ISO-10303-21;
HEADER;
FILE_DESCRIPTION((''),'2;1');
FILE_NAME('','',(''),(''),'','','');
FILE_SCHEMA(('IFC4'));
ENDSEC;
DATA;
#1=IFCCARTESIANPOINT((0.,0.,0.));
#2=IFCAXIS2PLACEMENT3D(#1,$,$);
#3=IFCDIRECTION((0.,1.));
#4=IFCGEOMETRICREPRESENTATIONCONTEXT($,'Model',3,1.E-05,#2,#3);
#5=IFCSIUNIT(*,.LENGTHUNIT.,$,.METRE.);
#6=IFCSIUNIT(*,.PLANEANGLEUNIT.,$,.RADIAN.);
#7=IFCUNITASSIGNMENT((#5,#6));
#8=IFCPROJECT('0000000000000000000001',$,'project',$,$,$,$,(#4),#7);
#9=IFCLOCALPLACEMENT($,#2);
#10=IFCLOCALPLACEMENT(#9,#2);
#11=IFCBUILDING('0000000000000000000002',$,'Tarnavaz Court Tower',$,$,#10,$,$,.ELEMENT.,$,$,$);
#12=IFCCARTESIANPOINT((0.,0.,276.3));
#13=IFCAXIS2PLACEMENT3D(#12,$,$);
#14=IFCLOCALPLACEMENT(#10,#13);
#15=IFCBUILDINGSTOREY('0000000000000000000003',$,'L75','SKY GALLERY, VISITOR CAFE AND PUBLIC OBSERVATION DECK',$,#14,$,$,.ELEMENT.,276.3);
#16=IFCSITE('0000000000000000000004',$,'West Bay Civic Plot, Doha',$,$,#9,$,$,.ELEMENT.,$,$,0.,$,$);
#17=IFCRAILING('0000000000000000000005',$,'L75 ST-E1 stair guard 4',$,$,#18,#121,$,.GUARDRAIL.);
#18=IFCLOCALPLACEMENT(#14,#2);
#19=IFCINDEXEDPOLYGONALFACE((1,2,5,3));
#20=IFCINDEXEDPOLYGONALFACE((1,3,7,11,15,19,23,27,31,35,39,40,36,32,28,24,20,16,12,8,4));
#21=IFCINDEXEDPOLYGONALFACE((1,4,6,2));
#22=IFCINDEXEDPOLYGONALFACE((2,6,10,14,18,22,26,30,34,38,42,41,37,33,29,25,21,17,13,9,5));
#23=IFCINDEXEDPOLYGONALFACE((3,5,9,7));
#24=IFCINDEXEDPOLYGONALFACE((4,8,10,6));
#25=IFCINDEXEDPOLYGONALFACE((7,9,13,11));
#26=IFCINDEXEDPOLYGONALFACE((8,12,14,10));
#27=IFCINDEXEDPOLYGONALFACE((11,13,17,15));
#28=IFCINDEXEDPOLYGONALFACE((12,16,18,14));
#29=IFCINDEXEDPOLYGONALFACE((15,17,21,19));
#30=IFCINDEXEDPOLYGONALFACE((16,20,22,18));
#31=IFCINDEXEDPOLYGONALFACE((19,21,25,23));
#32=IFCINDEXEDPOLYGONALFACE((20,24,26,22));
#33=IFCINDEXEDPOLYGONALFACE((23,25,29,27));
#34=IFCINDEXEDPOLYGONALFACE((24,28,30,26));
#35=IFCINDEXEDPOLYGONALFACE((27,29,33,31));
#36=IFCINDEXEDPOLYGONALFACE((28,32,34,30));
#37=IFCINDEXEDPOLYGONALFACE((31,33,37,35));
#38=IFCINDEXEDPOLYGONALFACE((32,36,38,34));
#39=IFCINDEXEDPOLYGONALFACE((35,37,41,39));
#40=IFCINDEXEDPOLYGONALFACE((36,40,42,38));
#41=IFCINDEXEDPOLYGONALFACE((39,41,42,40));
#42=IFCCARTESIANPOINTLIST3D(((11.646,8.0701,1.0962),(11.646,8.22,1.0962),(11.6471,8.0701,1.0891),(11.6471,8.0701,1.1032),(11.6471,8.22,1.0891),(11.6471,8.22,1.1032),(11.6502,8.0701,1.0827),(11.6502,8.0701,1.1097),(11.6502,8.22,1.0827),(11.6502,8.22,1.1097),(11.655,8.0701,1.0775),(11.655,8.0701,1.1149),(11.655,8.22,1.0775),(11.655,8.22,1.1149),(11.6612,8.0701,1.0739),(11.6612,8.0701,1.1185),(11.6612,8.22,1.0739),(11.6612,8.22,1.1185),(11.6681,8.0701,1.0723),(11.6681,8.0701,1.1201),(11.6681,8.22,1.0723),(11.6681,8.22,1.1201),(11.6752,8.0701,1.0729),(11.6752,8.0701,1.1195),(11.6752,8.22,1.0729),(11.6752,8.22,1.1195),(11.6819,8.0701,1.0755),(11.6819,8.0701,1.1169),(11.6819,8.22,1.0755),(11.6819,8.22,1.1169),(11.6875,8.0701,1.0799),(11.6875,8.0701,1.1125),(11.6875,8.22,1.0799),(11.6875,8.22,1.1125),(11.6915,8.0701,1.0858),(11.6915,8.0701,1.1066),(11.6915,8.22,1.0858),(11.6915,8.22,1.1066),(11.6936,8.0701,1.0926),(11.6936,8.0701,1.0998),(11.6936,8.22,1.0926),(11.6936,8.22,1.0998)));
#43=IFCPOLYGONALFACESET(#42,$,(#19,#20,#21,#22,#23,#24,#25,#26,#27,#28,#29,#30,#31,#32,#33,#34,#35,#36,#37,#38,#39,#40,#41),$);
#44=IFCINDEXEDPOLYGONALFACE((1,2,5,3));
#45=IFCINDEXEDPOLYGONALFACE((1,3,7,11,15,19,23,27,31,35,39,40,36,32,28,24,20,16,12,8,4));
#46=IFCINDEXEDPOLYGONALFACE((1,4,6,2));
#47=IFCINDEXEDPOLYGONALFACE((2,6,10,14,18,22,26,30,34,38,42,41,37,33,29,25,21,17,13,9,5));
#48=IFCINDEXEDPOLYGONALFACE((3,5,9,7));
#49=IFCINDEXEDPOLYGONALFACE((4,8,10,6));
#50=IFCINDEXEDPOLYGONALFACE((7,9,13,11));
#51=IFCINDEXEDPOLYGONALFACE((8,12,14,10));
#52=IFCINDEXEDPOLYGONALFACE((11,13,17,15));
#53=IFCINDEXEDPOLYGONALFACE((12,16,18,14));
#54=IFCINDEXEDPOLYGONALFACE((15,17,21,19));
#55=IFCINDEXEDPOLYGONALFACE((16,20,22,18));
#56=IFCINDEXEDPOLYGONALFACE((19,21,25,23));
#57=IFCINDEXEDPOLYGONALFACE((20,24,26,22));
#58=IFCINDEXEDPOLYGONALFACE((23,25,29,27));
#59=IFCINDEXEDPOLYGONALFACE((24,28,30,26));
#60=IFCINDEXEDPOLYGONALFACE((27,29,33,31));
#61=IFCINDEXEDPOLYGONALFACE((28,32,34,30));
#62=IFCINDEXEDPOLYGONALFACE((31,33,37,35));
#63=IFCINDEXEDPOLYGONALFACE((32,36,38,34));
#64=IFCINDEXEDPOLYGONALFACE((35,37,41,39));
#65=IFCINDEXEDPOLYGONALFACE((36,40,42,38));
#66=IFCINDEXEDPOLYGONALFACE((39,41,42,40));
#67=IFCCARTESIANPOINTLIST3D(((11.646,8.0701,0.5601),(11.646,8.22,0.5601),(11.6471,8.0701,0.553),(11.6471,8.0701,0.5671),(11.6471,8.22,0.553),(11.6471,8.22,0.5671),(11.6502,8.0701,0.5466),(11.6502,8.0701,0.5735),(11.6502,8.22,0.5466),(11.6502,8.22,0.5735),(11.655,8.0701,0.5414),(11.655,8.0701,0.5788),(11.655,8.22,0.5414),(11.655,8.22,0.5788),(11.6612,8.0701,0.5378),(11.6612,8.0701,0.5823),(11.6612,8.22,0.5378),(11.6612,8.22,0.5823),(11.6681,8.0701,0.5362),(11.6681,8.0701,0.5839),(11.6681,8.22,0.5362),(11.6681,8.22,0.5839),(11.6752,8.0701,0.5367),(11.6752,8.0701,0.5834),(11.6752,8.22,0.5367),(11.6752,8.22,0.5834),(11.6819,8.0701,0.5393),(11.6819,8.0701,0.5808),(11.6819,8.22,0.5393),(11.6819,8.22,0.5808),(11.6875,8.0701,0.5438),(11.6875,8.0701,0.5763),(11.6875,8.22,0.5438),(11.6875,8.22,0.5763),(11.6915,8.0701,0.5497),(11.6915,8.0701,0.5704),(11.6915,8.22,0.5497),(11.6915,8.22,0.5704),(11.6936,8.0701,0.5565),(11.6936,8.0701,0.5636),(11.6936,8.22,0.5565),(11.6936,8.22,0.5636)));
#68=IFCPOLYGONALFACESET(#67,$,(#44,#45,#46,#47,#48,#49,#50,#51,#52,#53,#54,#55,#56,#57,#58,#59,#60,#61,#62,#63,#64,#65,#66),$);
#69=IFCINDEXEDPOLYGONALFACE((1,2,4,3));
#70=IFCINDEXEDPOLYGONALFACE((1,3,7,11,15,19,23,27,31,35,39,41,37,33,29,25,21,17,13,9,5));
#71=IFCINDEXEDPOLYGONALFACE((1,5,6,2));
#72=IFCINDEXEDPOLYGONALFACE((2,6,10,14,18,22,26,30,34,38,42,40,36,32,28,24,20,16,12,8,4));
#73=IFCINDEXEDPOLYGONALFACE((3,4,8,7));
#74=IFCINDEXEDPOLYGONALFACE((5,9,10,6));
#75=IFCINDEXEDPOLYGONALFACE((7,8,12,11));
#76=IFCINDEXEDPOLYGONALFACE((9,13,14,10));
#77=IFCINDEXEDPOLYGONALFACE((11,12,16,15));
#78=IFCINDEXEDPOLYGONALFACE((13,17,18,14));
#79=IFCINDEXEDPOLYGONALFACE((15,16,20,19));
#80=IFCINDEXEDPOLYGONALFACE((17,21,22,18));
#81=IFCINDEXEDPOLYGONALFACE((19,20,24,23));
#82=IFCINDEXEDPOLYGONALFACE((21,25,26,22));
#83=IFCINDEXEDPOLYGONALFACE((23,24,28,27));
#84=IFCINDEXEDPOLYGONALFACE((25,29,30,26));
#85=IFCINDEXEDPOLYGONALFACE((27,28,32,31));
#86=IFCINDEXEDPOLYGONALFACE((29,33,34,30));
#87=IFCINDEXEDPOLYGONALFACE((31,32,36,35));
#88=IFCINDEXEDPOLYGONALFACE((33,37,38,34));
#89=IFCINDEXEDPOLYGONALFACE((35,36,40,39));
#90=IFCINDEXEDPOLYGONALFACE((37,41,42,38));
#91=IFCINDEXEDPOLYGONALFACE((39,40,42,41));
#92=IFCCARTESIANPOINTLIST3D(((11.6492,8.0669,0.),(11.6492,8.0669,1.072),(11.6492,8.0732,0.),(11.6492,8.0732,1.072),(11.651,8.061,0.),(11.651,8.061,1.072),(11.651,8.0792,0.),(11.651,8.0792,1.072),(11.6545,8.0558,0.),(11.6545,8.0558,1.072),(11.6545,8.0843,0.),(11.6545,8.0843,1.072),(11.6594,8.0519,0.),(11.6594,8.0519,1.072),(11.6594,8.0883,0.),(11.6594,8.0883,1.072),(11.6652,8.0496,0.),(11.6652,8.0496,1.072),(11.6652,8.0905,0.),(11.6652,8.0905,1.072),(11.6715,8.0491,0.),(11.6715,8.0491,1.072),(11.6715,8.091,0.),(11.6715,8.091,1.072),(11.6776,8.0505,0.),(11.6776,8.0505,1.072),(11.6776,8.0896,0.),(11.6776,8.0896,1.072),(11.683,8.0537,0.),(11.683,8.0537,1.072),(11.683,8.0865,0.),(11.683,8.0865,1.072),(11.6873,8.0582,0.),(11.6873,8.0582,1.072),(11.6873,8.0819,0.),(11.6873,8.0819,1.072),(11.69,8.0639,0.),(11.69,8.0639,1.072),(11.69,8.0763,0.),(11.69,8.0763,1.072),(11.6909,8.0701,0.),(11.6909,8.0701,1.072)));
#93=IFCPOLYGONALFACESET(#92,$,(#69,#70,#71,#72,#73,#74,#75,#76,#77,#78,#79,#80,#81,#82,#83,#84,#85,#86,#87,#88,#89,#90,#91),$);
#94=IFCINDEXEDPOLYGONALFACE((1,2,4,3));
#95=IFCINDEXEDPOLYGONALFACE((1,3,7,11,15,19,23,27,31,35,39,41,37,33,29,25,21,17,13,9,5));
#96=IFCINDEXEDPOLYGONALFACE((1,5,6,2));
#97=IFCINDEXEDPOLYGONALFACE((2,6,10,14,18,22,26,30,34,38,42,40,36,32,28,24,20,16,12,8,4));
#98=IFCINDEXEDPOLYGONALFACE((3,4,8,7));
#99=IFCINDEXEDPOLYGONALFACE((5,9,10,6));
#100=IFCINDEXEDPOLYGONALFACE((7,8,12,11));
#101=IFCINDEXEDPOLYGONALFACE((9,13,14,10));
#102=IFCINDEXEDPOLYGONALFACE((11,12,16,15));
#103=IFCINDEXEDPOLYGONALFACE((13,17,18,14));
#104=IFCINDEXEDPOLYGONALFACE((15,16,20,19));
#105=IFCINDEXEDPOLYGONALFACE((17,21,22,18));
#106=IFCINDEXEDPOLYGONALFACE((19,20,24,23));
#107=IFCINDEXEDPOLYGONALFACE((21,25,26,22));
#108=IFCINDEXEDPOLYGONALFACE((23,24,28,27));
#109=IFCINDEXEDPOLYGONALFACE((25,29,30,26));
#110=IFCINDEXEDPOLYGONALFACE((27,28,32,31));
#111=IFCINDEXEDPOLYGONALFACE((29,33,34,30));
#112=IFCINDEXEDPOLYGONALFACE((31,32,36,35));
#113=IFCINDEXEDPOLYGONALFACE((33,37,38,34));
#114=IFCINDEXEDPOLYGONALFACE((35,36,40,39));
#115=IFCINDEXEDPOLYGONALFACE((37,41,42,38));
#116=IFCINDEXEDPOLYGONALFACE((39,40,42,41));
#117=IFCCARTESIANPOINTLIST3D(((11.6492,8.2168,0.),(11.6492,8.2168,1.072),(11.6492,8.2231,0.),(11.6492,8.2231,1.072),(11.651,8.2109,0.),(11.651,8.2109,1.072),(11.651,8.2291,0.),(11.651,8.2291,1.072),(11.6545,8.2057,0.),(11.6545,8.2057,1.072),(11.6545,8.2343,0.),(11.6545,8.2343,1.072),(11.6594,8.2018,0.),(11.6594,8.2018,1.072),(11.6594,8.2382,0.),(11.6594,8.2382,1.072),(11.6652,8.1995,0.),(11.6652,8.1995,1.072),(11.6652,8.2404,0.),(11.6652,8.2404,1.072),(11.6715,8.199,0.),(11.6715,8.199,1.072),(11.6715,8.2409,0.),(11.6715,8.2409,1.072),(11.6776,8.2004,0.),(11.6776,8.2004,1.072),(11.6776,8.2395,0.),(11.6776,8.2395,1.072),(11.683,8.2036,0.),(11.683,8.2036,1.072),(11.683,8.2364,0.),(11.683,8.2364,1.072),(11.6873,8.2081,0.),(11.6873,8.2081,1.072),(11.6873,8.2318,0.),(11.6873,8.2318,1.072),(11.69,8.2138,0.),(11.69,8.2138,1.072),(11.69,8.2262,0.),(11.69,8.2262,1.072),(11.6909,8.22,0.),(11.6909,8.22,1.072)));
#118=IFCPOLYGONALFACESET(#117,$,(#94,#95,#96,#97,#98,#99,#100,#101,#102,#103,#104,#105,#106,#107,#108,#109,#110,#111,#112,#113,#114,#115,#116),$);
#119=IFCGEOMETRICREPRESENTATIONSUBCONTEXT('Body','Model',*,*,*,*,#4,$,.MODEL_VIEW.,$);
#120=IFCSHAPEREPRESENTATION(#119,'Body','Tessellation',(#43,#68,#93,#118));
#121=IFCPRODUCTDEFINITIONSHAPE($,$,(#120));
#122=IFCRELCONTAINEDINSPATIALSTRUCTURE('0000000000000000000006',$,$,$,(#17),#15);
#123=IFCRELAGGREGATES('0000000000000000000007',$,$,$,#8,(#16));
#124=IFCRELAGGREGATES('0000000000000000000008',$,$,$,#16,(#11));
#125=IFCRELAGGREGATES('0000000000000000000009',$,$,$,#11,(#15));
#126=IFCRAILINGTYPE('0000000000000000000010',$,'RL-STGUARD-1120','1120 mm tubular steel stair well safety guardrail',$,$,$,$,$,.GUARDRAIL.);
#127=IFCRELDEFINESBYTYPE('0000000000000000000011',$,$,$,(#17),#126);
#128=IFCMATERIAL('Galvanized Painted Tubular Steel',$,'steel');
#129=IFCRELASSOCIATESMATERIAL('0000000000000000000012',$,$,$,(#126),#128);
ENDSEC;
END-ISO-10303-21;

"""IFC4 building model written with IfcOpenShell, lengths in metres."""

from ifc_helpers import new_model, si_unit, direction, frame, origin, origin_2d, place, context, subcontext, project, spatial, circle, extrude, material, type_object, element, save


model = new_model("IFC4")

# Units and contexts
model_context = context("Model", 3, precision=1e-05, world=origin(), true_north=direction((0.0, 1.0)))
body_context = subcontext(model_context, "Body", "Model", "MODEL_VIEW")
ifc_project = project(units=[si_unit("LENGTHUNIT", "METRE"), si_unit("PLANEANGLEUNIT", "RADIAN")], contexts=[model_context])

# Site, building, storey
site_placement = place(None, origin())
site = spatial("IfcSite", under=ifc_project, at=site_placement, Name="West Bay Civic Plot, Doha", CompositionType="ELEMENT", RefElevation=0.0)
building_placement = place(site_placement, origin())
building = spatial("IfcBuilding", under=site, at=building_placement, Name="Tarnavaz Court Tower", CompositionType="ELEMENT")
storey_placement = place(building_placement, frame((0.0, 0.0, 276.3)))
storey = spatial("IfcBuildingStorey", under=building, at=storey_placement, Name="L75", Description="SKY GALLERY, VISITOR CAFE AND PUBLIC OBSERVATION DECK", CompositionType="ELEMENT", Elevation=276.3)

# Railing
ifc_material_1 = material(Name="Galvanized Painted Tubular Steel", Category="steel")
railing_type_1 = type_object("IfcRailingType", Name="RL-STGUARD-1120", Description="1120 mm tubular steel stair well safety guardrail", PredefinedType="GUARDRAIL", material=ifc_material_1)
railing_1_placement = place(storey_placement, frame((11.6699, 8.0701, 0.0)))
element("IfcRailing", 1, at=railing_1_placement, inside=storey, type_object=railing_type_1, Name="L75 ST-E1 stair guard 4", PredefinedType="GUARDRAIL", context=body_context, shape_type="SweptSolid", body=[
    extrude(circle(Radius=0.0239, at=origin_2d()), frame((0.0, 0.0, 1.0962), z_axis=(0.0, 1.0, 0.0), x_axis=(-1.0, 0.0, 0.0)), (0.0, 0.0, 1.0), 0.1499),
    extrude(circle(Radius=0.0239, at=origin_2d()), frame((0.0, 0.0, 0.5601), z_axis=(0.0, 1.0, 0.0), x_axis=(-1.0, 0.0, 0.0)), (0.0, 0.0, 1.0), 0.1499),
    extrude(circle(Radius=0.021, at=origin_2d()), origin(), (0.0, 0.0, 1.0), 1.072),
    extrude(circle(Radius=0.021, at=origin_2d()), frame((0.0, 0.1499, 0.0)), (0.0, 0.0, 1.0), 1.072),
])

save(model, "model.ifc")
